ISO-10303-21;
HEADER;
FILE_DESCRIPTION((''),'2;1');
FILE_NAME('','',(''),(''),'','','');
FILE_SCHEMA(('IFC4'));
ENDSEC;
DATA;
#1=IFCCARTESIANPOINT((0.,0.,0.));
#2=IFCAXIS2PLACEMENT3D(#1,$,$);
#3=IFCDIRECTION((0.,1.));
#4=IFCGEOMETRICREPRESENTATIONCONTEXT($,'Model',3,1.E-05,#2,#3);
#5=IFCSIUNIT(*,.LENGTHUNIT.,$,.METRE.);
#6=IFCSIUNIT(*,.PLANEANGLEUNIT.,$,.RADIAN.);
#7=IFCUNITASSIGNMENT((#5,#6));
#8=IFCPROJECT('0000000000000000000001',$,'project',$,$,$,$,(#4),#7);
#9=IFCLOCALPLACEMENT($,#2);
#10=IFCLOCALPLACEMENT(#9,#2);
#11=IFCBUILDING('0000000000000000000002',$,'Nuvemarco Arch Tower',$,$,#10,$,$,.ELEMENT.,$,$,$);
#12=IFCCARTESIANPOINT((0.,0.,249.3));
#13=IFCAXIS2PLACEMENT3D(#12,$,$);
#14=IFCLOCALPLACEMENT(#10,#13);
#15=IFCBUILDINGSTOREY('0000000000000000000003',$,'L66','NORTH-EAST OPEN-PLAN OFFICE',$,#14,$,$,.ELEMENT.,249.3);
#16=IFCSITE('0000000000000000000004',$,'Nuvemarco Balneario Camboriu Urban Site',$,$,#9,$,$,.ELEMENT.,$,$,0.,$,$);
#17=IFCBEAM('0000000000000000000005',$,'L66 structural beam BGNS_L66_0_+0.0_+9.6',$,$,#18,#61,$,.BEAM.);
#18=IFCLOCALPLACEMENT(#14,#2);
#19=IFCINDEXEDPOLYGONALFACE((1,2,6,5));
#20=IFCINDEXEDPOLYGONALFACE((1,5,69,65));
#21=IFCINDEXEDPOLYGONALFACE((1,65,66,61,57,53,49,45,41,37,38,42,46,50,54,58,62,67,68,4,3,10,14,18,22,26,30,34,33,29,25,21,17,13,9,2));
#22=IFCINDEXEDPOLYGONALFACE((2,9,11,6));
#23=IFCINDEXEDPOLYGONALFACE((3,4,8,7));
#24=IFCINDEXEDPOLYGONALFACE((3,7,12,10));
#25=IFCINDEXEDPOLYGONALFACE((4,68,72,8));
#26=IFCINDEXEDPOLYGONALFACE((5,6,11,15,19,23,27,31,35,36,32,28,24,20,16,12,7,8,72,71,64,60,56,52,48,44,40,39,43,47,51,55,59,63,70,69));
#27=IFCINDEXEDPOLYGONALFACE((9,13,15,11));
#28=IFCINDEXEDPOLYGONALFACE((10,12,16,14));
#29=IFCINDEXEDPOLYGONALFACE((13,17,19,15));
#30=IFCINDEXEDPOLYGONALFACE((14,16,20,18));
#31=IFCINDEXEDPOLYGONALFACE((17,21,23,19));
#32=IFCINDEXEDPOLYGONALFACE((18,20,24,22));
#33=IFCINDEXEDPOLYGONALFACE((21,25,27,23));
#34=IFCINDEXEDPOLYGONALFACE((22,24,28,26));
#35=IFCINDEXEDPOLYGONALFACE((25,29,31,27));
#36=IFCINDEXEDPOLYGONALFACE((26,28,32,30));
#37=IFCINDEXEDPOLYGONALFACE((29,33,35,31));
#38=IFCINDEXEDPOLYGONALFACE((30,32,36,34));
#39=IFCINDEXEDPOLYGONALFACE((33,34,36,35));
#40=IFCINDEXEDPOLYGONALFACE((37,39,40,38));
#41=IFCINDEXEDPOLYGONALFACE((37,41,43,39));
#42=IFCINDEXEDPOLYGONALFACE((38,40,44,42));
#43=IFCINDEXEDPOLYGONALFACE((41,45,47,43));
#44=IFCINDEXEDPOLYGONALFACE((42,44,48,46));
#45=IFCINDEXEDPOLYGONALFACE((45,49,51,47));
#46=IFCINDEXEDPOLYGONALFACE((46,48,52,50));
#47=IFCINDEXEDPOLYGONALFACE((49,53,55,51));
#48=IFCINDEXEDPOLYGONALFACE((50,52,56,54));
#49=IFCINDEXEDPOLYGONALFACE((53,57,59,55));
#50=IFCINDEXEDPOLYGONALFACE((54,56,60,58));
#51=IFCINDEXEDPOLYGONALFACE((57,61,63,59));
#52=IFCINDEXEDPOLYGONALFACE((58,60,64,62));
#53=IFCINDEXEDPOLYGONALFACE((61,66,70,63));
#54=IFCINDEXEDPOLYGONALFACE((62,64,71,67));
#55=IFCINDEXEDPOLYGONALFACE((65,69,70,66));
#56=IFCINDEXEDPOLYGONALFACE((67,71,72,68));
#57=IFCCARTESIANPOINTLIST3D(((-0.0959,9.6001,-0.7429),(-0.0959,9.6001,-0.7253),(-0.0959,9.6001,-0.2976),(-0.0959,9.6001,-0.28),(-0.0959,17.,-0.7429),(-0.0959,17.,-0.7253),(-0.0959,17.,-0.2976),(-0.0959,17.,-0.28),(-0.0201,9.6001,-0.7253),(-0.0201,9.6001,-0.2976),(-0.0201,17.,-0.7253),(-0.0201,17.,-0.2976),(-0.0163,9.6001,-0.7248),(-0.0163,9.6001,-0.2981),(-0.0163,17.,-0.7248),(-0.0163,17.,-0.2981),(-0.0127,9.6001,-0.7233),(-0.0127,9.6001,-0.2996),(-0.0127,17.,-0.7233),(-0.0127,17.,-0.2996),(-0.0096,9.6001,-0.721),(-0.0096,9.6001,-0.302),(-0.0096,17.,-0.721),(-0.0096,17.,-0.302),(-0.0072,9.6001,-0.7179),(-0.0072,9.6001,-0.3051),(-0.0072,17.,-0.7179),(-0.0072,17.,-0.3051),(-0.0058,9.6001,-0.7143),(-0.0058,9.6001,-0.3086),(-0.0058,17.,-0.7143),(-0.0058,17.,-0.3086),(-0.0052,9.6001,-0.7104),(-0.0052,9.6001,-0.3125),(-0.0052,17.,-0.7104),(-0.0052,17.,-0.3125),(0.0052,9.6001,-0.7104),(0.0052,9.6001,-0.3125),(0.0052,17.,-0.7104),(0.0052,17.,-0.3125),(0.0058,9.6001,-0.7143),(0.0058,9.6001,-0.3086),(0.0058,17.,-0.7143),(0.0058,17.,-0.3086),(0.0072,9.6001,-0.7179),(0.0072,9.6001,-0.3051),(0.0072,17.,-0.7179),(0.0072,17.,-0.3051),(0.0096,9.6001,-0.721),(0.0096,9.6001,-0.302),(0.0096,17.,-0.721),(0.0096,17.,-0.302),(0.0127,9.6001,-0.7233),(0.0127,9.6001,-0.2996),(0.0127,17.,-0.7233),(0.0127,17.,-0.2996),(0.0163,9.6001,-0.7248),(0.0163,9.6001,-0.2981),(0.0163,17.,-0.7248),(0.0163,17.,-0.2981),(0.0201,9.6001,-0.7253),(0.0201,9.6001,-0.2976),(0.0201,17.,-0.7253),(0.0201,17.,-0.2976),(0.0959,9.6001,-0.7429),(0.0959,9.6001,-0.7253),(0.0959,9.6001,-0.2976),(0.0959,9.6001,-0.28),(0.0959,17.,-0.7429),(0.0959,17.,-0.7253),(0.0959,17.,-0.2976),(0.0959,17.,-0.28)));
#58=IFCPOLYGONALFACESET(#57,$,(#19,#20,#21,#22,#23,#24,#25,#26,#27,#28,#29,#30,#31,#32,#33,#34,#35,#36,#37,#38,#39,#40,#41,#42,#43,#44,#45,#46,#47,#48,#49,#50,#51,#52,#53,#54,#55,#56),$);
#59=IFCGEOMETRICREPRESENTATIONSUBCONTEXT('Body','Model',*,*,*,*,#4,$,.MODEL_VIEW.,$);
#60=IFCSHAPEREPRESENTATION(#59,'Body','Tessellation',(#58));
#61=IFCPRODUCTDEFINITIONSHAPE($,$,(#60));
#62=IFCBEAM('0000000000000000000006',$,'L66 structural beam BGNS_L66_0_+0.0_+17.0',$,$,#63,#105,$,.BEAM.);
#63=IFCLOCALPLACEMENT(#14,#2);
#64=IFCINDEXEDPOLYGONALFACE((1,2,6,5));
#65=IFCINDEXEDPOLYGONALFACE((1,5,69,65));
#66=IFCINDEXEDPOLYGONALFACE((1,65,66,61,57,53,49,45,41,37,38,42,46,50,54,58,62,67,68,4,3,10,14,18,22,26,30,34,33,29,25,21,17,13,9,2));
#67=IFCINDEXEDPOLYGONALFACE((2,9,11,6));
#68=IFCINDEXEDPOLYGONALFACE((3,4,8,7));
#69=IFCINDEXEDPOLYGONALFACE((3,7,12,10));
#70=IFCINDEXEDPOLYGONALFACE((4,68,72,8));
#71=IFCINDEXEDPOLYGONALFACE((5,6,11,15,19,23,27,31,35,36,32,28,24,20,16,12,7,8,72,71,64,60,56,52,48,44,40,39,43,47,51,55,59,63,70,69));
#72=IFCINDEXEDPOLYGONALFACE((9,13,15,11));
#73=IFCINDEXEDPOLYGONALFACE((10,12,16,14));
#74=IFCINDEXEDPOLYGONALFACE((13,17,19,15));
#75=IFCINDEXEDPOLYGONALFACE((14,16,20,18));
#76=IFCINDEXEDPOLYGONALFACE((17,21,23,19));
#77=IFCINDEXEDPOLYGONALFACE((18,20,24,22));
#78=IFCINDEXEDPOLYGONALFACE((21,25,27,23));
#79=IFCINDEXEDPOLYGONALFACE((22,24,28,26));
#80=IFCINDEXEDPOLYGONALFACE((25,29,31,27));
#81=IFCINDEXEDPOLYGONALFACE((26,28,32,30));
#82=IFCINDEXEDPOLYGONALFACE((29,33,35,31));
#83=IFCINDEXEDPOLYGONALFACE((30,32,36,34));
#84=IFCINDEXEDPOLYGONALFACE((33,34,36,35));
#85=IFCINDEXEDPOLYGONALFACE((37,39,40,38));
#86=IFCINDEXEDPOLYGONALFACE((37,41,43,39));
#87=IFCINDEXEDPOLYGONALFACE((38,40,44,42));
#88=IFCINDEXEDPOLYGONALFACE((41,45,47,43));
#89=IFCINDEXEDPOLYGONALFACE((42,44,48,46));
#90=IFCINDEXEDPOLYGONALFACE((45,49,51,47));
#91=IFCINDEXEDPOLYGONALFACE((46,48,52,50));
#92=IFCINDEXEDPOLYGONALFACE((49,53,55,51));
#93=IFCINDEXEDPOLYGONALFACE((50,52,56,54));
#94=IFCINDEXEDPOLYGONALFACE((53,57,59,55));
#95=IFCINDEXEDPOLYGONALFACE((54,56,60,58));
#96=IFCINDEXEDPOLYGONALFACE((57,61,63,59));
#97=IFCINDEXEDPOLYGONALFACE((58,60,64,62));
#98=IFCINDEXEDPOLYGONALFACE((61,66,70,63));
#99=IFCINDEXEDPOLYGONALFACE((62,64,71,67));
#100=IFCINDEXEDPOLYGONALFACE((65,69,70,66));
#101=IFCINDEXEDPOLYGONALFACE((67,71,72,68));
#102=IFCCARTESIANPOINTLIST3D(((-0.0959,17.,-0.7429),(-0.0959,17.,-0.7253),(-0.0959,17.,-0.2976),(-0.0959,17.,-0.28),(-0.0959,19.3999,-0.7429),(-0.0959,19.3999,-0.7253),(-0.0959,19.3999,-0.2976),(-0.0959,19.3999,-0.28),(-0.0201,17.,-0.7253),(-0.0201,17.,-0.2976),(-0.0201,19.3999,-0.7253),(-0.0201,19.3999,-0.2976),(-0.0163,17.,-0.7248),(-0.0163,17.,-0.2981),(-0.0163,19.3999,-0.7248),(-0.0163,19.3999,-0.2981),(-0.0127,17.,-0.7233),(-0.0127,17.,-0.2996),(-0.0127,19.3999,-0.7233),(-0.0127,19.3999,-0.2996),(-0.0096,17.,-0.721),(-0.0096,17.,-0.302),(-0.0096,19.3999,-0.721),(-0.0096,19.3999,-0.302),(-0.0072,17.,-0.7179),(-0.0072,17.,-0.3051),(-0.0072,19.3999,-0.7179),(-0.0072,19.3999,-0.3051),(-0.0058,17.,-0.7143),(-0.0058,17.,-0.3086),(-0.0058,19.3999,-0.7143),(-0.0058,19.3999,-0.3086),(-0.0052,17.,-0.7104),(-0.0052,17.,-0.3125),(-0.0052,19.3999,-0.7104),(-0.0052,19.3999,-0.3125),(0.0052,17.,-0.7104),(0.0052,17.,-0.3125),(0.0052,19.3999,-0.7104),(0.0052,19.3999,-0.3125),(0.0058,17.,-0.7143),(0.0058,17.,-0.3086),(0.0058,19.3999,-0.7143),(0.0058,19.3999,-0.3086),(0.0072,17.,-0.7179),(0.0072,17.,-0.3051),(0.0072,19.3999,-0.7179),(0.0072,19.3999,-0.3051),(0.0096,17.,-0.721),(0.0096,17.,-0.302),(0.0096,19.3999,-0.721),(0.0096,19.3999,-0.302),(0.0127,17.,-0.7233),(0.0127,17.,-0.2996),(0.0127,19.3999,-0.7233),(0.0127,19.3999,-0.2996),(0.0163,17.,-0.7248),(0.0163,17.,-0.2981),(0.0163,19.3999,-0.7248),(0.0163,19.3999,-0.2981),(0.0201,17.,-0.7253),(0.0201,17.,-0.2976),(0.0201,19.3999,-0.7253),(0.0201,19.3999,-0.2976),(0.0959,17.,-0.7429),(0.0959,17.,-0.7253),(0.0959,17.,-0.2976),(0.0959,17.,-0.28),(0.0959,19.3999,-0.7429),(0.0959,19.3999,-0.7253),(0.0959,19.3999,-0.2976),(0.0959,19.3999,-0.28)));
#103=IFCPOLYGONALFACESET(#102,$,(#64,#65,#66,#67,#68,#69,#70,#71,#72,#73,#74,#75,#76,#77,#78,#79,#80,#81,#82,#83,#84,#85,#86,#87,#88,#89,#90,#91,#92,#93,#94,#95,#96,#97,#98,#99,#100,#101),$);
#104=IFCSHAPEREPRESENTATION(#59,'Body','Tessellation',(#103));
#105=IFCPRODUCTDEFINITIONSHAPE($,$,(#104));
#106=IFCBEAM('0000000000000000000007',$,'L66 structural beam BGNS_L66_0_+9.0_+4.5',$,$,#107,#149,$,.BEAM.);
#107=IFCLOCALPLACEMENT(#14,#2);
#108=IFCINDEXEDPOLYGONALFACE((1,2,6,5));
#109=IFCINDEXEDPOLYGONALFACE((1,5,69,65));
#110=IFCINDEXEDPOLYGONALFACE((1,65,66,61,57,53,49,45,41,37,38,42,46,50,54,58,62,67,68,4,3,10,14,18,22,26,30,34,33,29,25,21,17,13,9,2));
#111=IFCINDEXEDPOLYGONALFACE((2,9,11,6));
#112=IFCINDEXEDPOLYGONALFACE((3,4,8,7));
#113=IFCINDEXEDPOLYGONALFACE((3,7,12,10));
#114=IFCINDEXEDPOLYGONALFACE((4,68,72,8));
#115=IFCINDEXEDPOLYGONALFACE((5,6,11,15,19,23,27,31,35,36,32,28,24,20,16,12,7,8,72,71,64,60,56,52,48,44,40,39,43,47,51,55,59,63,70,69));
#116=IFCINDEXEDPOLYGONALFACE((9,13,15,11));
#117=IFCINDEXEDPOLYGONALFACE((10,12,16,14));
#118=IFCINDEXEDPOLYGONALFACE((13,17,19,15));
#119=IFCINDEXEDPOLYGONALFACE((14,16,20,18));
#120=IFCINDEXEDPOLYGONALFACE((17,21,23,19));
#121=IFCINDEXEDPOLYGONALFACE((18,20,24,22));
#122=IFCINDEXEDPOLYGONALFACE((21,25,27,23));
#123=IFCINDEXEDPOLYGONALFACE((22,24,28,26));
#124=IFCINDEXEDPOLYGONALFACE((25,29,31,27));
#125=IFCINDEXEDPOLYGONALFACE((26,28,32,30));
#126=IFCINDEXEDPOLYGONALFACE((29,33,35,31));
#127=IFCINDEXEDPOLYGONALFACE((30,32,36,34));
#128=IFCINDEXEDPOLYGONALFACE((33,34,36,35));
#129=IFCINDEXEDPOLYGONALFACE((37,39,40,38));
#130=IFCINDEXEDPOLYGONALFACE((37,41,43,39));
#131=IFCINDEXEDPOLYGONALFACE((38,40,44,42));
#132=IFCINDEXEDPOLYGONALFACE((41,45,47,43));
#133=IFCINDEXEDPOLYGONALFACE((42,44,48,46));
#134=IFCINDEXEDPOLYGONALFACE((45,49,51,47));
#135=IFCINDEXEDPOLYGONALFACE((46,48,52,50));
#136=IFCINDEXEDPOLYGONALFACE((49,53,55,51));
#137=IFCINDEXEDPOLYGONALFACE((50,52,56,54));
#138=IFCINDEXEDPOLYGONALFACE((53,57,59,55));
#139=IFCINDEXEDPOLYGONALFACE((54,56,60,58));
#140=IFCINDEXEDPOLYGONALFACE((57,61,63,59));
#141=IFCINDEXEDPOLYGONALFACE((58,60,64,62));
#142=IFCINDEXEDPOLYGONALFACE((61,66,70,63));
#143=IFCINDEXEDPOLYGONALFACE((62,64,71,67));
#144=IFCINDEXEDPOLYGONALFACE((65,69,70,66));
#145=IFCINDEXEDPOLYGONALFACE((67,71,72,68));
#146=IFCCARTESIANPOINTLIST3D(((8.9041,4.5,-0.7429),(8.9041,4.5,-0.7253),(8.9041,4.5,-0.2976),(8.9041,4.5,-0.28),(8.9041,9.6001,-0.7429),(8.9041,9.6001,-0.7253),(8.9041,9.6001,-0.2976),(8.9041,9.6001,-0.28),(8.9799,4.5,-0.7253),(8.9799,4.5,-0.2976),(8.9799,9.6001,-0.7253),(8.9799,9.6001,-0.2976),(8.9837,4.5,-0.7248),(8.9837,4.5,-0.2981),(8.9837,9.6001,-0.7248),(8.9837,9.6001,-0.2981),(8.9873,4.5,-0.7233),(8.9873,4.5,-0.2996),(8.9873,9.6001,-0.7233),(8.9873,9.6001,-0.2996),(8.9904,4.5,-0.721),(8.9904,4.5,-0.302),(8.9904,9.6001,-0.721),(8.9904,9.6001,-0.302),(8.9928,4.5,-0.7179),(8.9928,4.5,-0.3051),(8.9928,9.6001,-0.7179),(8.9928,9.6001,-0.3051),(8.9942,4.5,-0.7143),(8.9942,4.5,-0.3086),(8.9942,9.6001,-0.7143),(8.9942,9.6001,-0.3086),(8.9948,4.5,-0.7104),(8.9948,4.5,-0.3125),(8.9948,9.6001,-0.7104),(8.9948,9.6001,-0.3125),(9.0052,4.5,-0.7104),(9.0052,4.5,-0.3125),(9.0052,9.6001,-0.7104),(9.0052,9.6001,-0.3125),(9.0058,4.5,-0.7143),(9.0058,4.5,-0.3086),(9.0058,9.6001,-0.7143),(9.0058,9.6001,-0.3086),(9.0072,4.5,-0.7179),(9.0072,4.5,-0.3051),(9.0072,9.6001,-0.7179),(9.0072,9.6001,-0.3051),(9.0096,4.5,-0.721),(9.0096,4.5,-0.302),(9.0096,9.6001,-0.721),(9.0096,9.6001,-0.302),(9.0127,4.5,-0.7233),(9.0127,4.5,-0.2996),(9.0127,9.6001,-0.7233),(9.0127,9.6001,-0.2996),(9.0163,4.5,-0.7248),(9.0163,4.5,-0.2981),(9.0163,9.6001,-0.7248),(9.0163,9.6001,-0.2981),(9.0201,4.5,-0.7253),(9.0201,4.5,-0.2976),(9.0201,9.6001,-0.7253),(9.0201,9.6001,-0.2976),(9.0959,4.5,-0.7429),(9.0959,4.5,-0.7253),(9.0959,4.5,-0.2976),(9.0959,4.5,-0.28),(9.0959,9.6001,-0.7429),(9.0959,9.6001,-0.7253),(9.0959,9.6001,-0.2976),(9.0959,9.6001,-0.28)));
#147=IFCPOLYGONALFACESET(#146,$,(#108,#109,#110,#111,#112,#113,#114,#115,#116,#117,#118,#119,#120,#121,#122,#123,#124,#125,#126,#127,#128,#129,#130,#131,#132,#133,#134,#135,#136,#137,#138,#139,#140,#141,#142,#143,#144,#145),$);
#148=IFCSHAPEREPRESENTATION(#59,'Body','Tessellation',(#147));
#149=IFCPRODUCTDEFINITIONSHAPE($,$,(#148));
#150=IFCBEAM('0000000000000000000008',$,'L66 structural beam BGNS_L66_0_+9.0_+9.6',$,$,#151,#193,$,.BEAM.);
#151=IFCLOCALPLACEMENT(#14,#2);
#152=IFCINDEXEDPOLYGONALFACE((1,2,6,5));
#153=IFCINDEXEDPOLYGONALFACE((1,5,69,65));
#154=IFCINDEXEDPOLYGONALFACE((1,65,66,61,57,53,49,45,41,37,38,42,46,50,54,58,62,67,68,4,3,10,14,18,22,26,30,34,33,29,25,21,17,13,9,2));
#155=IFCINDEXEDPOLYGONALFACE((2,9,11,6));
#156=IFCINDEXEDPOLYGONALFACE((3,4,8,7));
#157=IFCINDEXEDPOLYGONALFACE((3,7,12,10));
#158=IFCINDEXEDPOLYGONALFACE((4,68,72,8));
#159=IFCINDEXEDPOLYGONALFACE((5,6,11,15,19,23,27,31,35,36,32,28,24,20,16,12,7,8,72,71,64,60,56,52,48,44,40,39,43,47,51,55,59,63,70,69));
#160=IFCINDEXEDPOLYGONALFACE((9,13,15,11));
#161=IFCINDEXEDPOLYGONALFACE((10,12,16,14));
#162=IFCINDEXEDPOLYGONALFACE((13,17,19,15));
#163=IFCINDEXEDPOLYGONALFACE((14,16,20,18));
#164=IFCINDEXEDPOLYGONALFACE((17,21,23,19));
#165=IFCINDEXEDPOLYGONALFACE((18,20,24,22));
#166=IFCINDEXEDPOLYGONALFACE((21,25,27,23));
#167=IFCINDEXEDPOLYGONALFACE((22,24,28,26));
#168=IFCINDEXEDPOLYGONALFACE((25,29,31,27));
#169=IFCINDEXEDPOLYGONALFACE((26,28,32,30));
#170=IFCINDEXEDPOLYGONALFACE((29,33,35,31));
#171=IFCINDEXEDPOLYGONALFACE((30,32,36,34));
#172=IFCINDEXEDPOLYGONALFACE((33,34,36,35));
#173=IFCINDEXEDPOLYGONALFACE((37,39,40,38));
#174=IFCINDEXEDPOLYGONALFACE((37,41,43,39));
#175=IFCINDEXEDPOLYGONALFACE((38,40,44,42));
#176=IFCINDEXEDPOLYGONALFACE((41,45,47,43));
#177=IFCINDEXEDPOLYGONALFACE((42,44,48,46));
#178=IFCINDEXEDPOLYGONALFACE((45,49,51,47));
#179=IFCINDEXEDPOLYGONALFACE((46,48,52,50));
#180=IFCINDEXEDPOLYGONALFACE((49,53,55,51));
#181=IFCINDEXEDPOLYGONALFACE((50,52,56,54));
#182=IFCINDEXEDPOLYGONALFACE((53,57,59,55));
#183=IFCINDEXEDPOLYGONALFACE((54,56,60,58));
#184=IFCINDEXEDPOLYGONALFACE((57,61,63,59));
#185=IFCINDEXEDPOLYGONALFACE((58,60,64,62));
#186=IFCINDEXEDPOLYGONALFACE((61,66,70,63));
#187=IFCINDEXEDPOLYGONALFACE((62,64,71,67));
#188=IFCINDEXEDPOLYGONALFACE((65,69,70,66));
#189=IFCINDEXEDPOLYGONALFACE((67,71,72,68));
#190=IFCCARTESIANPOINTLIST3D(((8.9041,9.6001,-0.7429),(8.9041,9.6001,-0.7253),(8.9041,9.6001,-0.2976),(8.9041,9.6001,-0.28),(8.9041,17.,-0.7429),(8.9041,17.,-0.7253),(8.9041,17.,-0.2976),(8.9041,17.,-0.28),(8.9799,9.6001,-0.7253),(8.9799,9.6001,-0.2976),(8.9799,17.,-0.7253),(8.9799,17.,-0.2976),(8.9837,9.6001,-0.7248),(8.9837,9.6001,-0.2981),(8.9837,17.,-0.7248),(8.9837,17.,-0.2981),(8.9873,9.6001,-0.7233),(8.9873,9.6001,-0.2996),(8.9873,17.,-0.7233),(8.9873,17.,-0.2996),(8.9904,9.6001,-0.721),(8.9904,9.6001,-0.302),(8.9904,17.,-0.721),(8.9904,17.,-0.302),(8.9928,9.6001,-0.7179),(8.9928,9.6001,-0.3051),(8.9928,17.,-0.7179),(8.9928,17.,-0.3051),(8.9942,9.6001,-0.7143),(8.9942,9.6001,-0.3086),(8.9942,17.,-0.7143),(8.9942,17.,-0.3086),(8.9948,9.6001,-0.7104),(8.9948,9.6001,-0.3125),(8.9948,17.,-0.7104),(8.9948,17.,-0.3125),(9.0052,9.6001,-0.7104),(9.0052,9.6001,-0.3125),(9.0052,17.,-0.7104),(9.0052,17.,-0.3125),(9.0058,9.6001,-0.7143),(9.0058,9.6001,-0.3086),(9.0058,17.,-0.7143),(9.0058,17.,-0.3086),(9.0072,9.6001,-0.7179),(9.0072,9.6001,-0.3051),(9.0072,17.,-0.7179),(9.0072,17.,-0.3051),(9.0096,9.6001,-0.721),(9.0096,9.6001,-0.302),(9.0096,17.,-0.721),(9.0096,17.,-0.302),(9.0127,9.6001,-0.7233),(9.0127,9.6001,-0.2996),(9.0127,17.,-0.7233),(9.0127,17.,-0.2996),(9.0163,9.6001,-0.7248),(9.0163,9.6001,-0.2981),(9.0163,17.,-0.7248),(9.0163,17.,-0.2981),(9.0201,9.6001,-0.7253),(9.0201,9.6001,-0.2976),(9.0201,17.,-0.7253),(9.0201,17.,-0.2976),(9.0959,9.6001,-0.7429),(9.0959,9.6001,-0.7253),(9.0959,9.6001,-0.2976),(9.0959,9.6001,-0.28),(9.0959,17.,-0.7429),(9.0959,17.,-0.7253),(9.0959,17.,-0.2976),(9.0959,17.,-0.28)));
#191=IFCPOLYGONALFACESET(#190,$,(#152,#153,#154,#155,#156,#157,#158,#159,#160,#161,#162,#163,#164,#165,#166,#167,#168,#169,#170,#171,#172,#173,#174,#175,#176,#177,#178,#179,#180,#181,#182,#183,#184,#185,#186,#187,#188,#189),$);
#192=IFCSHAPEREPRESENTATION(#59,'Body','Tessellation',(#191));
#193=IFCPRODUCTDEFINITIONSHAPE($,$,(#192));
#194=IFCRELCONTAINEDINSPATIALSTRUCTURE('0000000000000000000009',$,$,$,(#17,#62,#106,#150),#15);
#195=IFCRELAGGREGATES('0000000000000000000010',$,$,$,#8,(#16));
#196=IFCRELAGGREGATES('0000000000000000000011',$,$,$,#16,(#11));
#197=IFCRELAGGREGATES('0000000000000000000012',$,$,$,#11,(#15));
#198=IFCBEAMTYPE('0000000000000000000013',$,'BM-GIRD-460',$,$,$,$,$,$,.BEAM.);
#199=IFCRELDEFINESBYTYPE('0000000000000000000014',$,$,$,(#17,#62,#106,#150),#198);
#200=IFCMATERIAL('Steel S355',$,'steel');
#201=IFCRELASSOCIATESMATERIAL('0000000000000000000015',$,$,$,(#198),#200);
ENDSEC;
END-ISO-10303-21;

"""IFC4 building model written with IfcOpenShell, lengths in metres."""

from ifc_helpers import new_model, si_unit, direction, frame, origin, origin_2d, place, context, subcontext, project, spatial, i_section, extrude, material, material_profile, profile_set, type_object, element, save


model = new_model("IFC4")

# Units and contexts
model_context = context("Model", 3, precision=1e-05, world=origin(), true_north=direction((0.0, 1.0)))
body_context = subcontext(model_context, "Body", "Model", "MODEL_VIEW")
ifc_project = project(units=[si_unit("LENGTHUNIT", "METRE"), si_unit("PLANEANGLEUNIT", "RADIAN")], contexts=[model_context])

# Site, building, storey
site_placement = place(None, origin())
site = spatial("IfcSite", under=ifc_project, at=site_placement, Name="Nuvemarco Balneario Camboriu Urban Site", CompositionType="ELEMENT", RefElevation=0.0)
building_placement = place(site_placement, origin())
building = spatial("IfcBuilding", under=site, at=building_placement, Name="Nuvemarco Arch Tower", CompositionType="ELEMENT")
storey_placement = place(building_placement, frame((0.0, 0.0, 249.3)))
storey = spatial("IfcBuildingStorey", under=building, at=storey_placement, Name="L66", Description="NORTH-EAST OPEN-PLAN OFFICE", CompositionType="ELEMENT", Elevation=249.3)

# Shared definitions
ifc_material_1 = material(Name="Steel S355", Category="steel")

# Beams
ifc_material_profile_1 = material_profile(ifc_material_1, i_section(OverallWidth=0.1919, OverallDepth=0.4629, WebThickness=0.0105, FlangeThickness=0.0176, FilletRadius=0.0149, at=origin_2d()), Name="W460x89")
ifc_profile_set_1 = profile_set([ifc_material_profile_1], Name="Steel S355")
beam_type_1 = type_object("IfcBeamType", Name="BM-GIRD-460", PredefinedType="BEAM", material=ifc_profile_set_1)
beam_1_placement = place(storey_placement, frame((0.0, 9.6001, -0.5115), z_axis=(0.0, 1.0, 0.0), x_axis=(-1.0, 0.0, 0.0)))
element("IfcBeam", 1, at=beam_1_placement, inside=storey, type_object=beam_type_1, Name="L66 structural beam BGNS_L66_0_+0.0_+9.6", PredefinedType="BEAM", context=body_context, shape_type="SweptSolid", body=[
    extrude(i_section(OverallWidth=0.1919, OverallDepth=0.4629, WebThickness=0.0105, FlangeThickness=0.0176, FilletRadius=0.0149, at=origin_2d()), origin(), (0.0, 0.0, 1.0), 7.3999),
])
beam_2_placement = place(storey_placement, frame((0.0, 17.0, -0.5115), z_axis=(0.0, 1.0, 0.0), x_axis=(-1.0, 0.0, 0.0)))
element("IfcBeam", 2, at=beam_2_placement, inside=storey, type_object=beam_type_1, Name="L66 structural beam BGNS_L66_0_+0.0_+17.0", PredefinedType="BEAM", context=body_context, shape_type="SweptSolid", body=[
    extrude(i_section(OverallWidth=0.1919, OverallDepth=0.4629, WebThickness=0.0105, FlangeThickness=0.0176, FilletRadius=0.0149, at=origin_2d()), origin(), (0.0, 0.0, 1.0), 2.3999),
])
beam_3_placement = place(storey_placement, frame((9.0, 4.5, -0.5115), z_axis=(0.0, 1.0, 0.0), x_axis=(-1.0, 0.0, 0.0)))
element("IfcBeam", 3, at=beam_3_placement, inside=storey, type_object=beam_type_1, Name="L66 structural beam BGNS_L66_0_+9.0_+4.5", PredefinedType="BEAM", context=body_context, shape_type="SweptSolid", body=[
    extrude(i_section(OverallWidth=0.1919, OverallDepth=0.4629, WebThickness=0.0105, FlangeThickness=0.0176, FilletRadius=0.0149, at=origin_2d()), origin(), (0.0, 0.0, 1.0), 5.1001),
])
beam_4_placement = place(storey_placement, frame((9.0, 9.6001, -0.5115), z_axis=(0.0, 1.0, 0.0), x_axis=(-1.0, 0.0, 0.0)))
element("IfcBeam", 4, at=beam_4_placement, inside=storey, type_object=beam_type_1, Name="L66 structural beam BGNS_L66_0_+9.0_+9.6", PredefinedType="BEAM", context=body_context, shape_type="SweptSolid", body=[
    extrude(i_section(OverallWidth=0.1919, OverallDepth=0.4629, WebThickness=0.0105, FlangeThickness=0.0176, FilletRadius=0.0149, at=origin_2d()), origin(), (0.0, 0.0, 1.0), 7.3999),
])

save(model, "model.ifc")
